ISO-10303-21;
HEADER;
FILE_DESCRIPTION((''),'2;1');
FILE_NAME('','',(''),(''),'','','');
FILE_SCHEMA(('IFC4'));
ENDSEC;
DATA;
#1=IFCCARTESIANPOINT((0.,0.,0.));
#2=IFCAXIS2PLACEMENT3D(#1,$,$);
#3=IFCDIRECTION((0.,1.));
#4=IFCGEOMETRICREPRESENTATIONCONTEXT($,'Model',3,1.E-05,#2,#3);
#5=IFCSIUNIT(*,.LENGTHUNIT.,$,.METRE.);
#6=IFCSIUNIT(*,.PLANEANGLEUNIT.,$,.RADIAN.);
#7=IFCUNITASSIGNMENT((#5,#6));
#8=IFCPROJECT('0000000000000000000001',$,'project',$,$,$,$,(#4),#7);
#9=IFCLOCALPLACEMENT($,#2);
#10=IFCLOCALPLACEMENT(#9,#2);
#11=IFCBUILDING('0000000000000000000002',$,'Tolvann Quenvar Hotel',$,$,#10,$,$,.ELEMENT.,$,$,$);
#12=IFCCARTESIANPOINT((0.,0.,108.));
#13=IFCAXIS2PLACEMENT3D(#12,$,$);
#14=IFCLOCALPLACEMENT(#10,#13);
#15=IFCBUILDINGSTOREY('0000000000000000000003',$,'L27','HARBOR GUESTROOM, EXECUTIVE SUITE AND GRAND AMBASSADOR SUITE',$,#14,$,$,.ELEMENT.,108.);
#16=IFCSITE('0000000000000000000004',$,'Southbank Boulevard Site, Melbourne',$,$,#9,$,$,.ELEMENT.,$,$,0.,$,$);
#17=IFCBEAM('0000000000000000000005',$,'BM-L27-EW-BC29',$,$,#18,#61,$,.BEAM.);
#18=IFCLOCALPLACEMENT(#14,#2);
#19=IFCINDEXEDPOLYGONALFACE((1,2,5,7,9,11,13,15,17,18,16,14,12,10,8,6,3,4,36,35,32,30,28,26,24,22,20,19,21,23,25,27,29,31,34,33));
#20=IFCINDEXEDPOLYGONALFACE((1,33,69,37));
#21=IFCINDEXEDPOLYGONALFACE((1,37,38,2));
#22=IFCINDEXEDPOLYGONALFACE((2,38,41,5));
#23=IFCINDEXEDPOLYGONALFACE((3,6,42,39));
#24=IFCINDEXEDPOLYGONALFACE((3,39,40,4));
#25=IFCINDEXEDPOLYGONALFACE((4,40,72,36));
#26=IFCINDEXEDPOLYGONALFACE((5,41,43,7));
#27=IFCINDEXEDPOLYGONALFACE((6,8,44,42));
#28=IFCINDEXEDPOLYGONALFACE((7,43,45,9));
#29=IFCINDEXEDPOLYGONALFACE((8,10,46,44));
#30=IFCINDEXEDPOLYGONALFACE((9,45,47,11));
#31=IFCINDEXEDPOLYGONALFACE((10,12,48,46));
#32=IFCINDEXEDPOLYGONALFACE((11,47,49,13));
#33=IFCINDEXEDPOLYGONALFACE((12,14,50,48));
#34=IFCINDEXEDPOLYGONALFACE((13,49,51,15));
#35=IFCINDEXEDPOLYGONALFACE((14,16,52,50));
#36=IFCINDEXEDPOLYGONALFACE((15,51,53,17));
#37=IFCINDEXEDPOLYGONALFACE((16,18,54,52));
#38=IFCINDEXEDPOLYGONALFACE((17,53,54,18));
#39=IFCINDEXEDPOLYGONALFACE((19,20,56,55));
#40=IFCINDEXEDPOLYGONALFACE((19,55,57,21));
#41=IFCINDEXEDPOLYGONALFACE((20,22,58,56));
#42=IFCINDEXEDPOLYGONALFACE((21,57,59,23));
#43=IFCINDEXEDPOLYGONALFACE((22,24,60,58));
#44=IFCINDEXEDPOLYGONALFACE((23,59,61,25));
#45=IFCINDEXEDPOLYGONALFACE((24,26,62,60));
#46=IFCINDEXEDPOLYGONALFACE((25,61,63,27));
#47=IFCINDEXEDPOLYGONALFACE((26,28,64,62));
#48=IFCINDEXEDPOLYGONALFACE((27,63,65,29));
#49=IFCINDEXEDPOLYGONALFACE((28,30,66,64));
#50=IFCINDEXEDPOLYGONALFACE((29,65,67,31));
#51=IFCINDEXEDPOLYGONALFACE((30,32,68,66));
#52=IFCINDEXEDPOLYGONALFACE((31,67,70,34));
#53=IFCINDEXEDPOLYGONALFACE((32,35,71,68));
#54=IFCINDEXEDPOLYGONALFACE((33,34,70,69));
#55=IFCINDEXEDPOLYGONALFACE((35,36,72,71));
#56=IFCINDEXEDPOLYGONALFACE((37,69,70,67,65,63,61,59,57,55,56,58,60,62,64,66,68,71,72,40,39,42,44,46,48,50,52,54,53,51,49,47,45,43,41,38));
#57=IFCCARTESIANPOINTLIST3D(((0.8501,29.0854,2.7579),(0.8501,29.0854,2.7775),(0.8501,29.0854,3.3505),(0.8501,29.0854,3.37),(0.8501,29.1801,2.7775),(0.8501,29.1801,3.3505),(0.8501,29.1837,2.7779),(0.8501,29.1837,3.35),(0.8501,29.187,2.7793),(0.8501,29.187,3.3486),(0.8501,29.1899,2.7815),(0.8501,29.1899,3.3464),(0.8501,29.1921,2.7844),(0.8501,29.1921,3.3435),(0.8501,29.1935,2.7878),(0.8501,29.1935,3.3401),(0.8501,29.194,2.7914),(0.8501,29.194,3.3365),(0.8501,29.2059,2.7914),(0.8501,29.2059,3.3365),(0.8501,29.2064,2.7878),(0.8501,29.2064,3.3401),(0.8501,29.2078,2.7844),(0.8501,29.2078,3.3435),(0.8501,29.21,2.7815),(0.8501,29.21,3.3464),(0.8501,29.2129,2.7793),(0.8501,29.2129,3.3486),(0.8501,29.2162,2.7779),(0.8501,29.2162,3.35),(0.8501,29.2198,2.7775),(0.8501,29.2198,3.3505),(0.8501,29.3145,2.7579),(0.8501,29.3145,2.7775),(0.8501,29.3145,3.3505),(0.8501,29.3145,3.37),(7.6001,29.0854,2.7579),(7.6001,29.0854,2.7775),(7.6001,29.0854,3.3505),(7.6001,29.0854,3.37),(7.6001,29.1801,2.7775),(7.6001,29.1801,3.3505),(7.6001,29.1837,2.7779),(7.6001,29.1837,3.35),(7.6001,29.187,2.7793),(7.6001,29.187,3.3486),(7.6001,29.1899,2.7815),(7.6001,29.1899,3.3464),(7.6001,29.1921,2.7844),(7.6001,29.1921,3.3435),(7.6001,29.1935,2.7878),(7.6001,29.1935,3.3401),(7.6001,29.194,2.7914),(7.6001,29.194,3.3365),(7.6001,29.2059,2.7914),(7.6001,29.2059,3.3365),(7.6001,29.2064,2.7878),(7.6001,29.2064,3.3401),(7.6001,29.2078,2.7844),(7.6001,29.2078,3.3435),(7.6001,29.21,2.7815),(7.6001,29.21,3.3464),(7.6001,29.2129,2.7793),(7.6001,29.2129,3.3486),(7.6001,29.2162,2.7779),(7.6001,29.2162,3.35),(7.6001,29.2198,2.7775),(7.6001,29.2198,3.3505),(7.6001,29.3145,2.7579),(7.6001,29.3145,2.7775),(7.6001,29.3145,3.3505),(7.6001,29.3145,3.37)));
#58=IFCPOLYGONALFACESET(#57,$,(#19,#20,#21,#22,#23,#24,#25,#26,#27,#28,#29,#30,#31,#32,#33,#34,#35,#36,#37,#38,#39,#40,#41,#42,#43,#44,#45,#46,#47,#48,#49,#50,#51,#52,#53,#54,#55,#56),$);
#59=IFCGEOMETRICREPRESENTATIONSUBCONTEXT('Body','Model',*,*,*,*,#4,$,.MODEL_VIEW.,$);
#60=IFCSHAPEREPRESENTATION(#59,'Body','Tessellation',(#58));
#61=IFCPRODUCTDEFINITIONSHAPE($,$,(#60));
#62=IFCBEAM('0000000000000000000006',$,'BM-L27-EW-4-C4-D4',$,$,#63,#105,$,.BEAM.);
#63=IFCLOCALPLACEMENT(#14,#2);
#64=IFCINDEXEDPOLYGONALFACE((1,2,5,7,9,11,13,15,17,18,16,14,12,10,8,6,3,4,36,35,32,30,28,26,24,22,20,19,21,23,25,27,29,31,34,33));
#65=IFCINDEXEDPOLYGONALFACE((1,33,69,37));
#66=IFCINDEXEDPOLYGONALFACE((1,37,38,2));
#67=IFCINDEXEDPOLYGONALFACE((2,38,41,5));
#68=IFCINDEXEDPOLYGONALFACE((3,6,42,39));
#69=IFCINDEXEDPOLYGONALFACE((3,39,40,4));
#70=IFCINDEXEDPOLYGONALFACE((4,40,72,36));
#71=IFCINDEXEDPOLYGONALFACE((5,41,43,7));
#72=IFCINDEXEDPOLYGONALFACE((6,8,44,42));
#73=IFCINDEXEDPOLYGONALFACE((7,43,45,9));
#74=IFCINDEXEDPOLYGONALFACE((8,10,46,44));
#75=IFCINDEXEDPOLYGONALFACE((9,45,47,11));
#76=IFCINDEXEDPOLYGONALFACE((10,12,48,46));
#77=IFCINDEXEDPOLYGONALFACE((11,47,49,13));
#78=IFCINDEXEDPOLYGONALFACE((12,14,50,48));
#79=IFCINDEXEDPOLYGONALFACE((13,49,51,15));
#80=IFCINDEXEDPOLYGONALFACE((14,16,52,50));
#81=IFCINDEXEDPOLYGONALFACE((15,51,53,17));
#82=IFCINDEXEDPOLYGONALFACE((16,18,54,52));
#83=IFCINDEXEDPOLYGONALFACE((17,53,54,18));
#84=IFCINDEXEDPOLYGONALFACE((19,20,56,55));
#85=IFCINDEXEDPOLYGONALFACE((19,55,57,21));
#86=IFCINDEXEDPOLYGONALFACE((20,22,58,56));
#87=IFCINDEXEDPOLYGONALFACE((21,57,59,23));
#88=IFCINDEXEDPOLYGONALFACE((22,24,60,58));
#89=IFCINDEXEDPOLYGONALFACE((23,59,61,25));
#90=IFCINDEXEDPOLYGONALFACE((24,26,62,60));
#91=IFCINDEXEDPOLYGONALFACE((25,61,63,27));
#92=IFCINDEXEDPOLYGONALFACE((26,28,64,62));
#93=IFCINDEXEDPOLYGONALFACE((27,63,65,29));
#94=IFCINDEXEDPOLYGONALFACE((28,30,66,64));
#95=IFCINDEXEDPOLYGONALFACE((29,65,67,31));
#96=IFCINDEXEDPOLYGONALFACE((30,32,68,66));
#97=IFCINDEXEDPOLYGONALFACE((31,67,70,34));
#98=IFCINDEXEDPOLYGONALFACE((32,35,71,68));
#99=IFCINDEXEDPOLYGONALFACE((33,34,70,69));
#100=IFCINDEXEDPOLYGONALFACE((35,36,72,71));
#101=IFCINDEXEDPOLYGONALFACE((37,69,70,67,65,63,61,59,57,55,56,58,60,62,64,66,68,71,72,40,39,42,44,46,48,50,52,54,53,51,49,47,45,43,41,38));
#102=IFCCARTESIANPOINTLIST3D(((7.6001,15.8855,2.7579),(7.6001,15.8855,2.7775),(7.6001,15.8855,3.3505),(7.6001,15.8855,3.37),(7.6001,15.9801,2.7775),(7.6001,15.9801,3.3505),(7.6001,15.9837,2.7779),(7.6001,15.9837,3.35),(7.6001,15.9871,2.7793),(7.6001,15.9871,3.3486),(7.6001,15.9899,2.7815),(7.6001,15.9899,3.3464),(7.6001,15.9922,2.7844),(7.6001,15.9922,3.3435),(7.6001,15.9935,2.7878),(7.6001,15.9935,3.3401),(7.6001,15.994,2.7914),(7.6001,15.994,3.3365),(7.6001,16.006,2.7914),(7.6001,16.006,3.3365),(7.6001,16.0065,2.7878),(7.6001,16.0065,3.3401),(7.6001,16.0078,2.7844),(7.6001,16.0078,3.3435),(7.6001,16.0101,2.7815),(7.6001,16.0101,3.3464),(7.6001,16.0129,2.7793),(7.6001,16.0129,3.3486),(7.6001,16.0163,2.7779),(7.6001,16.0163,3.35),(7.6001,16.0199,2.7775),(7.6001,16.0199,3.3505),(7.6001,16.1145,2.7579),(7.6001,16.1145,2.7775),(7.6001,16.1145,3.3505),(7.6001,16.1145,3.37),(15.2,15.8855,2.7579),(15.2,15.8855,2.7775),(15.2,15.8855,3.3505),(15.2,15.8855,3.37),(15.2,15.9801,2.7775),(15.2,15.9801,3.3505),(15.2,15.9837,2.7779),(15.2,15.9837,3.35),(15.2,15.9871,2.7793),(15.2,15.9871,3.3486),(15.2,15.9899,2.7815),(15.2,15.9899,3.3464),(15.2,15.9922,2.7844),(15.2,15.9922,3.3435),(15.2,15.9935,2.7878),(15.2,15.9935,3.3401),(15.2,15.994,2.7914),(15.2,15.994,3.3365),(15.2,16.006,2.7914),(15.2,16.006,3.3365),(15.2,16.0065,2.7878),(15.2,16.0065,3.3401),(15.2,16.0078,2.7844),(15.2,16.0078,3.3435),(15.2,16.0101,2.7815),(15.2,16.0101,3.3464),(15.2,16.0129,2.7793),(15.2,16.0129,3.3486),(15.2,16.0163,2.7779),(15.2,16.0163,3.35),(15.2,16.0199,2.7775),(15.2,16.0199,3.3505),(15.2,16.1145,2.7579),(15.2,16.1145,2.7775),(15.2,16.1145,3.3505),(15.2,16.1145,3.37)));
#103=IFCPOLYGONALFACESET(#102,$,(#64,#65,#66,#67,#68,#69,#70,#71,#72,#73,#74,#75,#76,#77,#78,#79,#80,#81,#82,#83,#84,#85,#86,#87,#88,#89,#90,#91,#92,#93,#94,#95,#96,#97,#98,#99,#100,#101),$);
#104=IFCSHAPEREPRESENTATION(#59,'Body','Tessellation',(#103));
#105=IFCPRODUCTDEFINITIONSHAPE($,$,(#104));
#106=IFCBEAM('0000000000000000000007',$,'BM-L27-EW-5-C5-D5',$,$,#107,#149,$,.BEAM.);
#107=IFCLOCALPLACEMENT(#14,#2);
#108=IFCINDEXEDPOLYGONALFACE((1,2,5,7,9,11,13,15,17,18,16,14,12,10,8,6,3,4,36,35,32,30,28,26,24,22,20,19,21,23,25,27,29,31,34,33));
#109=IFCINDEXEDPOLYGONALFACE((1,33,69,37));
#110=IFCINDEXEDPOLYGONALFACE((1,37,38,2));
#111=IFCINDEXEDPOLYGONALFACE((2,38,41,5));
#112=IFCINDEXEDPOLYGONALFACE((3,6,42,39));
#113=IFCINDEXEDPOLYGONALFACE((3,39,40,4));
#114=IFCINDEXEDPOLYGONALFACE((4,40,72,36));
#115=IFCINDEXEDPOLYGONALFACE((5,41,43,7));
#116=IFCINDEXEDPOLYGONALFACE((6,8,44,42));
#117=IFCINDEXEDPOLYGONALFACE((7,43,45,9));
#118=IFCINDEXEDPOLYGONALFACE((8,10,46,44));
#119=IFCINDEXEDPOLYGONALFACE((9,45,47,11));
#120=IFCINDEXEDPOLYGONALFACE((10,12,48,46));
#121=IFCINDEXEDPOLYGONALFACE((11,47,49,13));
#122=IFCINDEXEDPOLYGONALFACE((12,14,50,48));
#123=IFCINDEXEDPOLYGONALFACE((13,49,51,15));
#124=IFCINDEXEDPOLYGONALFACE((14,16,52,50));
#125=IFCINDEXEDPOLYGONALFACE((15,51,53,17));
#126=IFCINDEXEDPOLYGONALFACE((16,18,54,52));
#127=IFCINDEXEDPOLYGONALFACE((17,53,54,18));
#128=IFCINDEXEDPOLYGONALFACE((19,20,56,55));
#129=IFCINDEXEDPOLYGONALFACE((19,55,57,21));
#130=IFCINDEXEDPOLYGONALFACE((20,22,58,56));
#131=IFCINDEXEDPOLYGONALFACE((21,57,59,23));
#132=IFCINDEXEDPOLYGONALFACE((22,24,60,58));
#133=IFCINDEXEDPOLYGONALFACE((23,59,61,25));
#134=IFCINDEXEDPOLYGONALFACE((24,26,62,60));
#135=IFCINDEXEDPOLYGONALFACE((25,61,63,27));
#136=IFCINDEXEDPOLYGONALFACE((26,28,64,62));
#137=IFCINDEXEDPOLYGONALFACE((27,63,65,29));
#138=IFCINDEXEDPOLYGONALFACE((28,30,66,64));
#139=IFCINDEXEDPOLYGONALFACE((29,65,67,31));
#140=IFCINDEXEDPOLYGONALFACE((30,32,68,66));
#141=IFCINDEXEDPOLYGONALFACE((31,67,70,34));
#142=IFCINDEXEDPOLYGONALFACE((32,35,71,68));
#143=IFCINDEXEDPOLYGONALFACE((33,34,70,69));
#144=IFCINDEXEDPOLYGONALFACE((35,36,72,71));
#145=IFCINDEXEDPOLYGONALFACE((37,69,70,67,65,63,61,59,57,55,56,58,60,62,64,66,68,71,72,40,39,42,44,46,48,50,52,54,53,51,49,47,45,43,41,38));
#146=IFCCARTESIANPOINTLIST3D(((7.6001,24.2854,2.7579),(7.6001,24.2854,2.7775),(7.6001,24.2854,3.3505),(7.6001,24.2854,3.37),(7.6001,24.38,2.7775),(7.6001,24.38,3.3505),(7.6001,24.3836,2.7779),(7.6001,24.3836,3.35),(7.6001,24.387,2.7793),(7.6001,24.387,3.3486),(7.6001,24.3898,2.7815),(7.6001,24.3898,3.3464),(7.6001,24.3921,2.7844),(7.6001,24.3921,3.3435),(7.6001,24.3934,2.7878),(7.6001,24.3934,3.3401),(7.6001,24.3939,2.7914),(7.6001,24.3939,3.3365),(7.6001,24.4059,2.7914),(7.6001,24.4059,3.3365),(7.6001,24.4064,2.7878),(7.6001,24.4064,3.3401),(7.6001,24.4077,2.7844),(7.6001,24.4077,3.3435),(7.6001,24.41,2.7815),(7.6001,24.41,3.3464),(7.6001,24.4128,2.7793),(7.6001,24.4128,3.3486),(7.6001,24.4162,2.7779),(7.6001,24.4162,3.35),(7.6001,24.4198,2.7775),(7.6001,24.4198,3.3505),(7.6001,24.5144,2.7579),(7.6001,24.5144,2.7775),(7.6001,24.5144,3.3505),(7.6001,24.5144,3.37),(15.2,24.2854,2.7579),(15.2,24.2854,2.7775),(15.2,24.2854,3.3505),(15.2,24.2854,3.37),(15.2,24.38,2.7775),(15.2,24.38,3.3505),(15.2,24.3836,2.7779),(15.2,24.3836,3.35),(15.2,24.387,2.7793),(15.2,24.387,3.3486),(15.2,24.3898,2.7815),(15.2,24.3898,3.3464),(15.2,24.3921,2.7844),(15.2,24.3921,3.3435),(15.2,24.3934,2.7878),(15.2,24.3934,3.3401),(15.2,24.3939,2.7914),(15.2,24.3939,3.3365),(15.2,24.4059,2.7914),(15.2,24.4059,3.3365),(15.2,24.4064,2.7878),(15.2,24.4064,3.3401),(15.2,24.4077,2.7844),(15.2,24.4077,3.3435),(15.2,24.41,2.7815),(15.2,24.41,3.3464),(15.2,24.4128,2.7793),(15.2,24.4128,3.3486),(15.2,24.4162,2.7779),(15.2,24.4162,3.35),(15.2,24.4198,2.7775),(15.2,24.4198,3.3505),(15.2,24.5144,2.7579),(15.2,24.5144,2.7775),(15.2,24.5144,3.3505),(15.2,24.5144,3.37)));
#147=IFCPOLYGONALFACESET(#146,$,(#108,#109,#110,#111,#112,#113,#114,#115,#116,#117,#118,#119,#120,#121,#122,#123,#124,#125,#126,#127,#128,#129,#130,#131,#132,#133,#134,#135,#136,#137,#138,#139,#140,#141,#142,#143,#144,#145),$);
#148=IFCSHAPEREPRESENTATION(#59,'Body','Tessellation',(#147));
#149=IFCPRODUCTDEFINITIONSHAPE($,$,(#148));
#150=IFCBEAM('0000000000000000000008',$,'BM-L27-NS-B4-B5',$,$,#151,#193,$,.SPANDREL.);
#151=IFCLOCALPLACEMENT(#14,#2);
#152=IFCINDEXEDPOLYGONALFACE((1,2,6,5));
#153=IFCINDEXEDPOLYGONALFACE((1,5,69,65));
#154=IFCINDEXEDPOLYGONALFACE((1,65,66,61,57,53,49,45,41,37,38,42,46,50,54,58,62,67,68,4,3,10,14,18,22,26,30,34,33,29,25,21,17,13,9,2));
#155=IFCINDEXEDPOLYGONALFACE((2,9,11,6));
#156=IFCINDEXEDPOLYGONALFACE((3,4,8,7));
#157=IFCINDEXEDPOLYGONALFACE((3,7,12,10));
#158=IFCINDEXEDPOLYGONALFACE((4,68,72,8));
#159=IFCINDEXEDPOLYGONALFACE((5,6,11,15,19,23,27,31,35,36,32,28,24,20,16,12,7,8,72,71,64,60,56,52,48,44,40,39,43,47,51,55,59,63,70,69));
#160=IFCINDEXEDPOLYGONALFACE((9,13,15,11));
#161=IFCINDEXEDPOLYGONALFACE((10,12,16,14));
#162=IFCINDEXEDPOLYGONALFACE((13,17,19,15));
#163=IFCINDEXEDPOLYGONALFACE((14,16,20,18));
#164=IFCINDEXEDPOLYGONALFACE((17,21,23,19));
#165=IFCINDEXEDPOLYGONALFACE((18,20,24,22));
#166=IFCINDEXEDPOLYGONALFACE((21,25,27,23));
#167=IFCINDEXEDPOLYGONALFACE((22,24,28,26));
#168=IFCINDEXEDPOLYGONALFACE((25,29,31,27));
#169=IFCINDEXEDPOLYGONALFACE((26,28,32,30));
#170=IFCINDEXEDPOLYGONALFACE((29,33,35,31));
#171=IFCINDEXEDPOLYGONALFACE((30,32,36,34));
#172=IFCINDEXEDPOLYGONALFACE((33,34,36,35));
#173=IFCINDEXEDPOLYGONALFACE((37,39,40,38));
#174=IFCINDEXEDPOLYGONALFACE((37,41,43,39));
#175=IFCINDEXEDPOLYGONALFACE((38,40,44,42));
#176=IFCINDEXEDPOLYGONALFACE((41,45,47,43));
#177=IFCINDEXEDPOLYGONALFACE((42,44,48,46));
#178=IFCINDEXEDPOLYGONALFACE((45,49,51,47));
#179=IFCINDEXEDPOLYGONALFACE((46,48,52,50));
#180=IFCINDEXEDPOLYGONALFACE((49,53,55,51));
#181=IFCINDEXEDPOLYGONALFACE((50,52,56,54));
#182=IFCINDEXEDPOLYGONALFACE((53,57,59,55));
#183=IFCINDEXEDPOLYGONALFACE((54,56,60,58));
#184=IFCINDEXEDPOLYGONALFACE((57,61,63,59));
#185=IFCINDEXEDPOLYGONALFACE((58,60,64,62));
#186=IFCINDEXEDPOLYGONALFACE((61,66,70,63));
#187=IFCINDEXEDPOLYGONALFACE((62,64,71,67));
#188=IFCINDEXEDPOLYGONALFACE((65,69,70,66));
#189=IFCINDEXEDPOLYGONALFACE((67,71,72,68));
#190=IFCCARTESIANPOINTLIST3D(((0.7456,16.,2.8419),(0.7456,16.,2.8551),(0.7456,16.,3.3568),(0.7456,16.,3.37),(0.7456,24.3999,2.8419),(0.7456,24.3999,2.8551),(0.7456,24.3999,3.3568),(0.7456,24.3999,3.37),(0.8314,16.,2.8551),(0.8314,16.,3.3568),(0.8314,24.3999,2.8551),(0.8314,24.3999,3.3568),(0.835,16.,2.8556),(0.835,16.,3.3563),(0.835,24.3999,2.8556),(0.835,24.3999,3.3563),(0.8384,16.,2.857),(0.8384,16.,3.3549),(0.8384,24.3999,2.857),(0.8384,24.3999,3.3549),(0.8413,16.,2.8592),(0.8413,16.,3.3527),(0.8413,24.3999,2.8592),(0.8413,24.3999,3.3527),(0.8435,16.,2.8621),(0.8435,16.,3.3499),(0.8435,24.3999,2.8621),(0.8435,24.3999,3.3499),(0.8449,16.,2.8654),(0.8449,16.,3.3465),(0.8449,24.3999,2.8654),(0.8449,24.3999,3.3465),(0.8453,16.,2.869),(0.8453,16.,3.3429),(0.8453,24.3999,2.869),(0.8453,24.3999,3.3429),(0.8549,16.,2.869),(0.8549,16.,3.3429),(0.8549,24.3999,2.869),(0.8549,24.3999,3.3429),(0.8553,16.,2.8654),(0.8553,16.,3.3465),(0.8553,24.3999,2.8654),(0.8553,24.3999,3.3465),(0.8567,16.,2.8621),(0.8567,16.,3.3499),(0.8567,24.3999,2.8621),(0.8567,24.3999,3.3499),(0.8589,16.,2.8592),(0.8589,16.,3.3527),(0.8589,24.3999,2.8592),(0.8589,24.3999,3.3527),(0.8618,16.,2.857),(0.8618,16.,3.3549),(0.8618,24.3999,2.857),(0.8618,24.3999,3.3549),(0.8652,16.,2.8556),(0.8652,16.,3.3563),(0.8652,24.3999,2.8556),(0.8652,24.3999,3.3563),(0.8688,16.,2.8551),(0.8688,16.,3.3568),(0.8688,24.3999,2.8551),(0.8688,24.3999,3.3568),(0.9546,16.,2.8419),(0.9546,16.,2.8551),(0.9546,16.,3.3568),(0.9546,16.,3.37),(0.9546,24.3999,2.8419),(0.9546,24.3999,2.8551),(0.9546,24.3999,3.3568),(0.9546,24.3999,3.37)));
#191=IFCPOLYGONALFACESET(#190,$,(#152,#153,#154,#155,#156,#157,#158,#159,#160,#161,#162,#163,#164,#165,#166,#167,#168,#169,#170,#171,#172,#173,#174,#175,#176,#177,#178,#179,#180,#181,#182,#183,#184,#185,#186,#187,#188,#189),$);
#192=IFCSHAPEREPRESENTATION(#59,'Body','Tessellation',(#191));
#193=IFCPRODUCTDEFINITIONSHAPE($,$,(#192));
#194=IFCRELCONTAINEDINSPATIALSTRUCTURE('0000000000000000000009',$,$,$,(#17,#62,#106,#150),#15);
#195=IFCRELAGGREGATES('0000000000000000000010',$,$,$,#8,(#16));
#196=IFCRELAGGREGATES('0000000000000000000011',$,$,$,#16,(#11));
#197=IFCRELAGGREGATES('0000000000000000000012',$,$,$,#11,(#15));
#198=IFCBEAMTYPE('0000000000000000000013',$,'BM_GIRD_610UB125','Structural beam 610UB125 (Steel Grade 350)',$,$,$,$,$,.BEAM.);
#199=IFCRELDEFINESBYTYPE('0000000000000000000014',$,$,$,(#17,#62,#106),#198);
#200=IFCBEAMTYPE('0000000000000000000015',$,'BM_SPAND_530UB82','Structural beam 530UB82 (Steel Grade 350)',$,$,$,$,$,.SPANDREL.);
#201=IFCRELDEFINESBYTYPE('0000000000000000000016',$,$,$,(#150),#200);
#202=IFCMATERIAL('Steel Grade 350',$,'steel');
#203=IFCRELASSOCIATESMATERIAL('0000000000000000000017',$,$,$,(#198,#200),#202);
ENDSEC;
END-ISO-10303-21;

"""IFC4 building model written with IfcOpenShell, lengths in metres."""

from ifc_helpers import new_model, si_unit, direction, frame, origin, origin_2d, place, context, subcontext, project, spatial, i_section, extrude, source, transform, mapped, material, material_profile, profile_set, type_object, type_shapes, element, save


model = new_model("IFC4")

# Units and contexts
model_context = context("Model", 3, precision=1e-05, world=origin(), true_north=direction((0.0, 1.0)))
body_context = subcontext(model_context, "Body", "Model", "MODEL_VIEW")
ifc_project = project(units=[si_unit("LENGTHUNIT", "METRE"), si_unit("PLANEANGLEUNIT", "RADIAN")], contexts=[model_context])

# Site, building, storey
site_placement = place(None, origin())
site = spatial("IfcSite", under=ifc_project, at=site_placement, Name="Southbank Boulevard Site, Melbourne", CompositionType="ELEMENT", RefElevation=0.0)
building_placement = place(site_placement, origin())
building = spatial("IfcBuilding", under=site, at=building_placement, Name="Tolvann Quenvar Hotel", CompositionType="ELEMENT")
storey_placement = place(building_placement, frame((0.0, 0.0, 108.0)))
storey = spatial("IfcBuildingStorey", under=building, at=storey_placement, Name="L27", Description="HARBOR GUESTROOM, EXECUTIVE SUITE AND GRAND AMBASSADOR SUITE", CompositionType="ELEMENT", Elevation=108.0)

# Shared definitions
ifc_material_1 = material(Name="Steel Grade 350", Category="steel")

# Beams
ifc_material_profile_1 = material_profile(ifc_material_1, i_section(OverallWidth=0.229, OverallDepth=0.6121, WebThickness=0.012, FlangeThickness=0.0195, FilletRadius=0.0139, at=origin_2d()), Name="610UB125")
ifc_profile_set_1 = profile_set([ifc_material_profile_1], Name="Steel Grade 350")
beam_type_1 = type_object("IfcBeamType", Name="BM_GIRD_610UB125", Description="Structural beam 610UB125 (Steel Grade 350)", PredefinedType="BEAM", material=ifc_profile_set_1)
shared_shape_1 = source(origin(), body_context, "Body", "SweptSolid", [
    extrude(i_section(OverallWidth=0.229, OverallDepth=0.6121, WebThickness=0.012, FlangeThickness=0.0195, FilletRadius=0.0139, at=origin_2d()), origin(), (0.0, 0.0, 1.0), 6.75),
])
for number, where, z_axis, x_axis, name in (
    (1, (0.8501, 29.2, 3.064), (1.0, 0.0, 0.0), (0.0, 1.0, 0.0), "BM-L27-EW-BC29"),
):
    element("IfcBeam", number, at=place(storey_placement, frame(where, z_axis=z_axis, x_axis=x_axis)), inside=storey, type_object=beam_type_1, Name=name, PredefinedType="BEAM", context=body_context, shape_type="MappedRepresentation", body=[
        mapped(shared_shape_1, transform((0.0, 0.0, 0.0), x_axis=(1.0, 0.0, 0.0), y_axis=(0.0, 1.0, 0.0), z_axis=(0.0, 0.0, 1.0), scale=1.0)),
    ])
shared_shape_2 = source(origin(), body_context, "Body", "SweptSolid", [
    extrude(i_section(OverallWidth=0.229, OverallDepth=0.6121, WebThickness=0.012, FlangeThickness=0.0195, FilletRadius=0.0139, at=origin_2d()), origin(), (0.0, 0.0, 1.0), 7.5999),
])
type_shapes(beam_type_1, [shared_shape_1, shared_shape_2])
for number, where, z_axis, x_axis, name in (
    (2, (7.6001, 16.0, 3.064), (1.0, 0.0, 0.0), (0.0, 1.0, 0.0), "BM-L27-EW-4-C4-D4"),
    (3, (7.6001, 24.3999, 3.064), (1.0, 0.0, 0.0), (0.0, 1.0, 0.0), "BM-L27-EW-5-C5-D5"),
):
    element("IfcBeam", number, at=place(storey_placement, frame(where, z_axis=z_axis, x_axis=x_axis)), inside=storey, type_object=beam_type_1, Name=name, PredefinedType="BEAM", context=body_context, shape_type="MappedRepresentation", body=[
        mapped(shared_shape_2, transform((0.0, 0.0, 0.0), x_axis=(1.0, 0.0, 0.0), y_axis=(0.0, 1.0, 0.0), z_axis=(0.0, 0.0, 1.0), scale=1.0)),
    ])
ifc_material_profile_2 = material_profile(ifc_material_1, i_section(OverallWidth=0.209, OverallDepth=0.5281, WebThickness=0.0095, FlangeThickness=0.0132, FilletRadius=0.0139, at=origin_2d()), Name="530UB82")
ifc_profile_set_2 = profile_set([ifc_material_profile_2], Name="Steel Grade 350")
beam_type_2 = type_object("IfcBeamType", Name="BM_SPAND_530UB82", Description="Structural beam 530UB82 (Steel Grade 350)", PredefinedType="SPANDREL", material=ifc_profile_set_2)
shared_shape_3 = source(origin(), body_context, "Body", "SweptSolid", [
    extrude(i_section(OverallWidth=0.209, OverallDepth=0.5281, WebThickness=0.0095, FlangeThickness=0.0132, FilletRadius=0.0139, at=origin_2d()), origin(), (0.0, 0.0, 1.0), 8.3999),
])
beam_1_placement = place(storey_placement, frame((0.8501, 16.0, 3.106), z_axis=(0.0, 1.0, 0.0), x_axis=(-1.0, 0.0, 0.0)))
element("IfcBeam", 4, at=beam_1_placement, inside=storey, type_object=beam_type_2, Name="BM-L27-NS-B4-B5", PredefinedType="SPANDREL", context=body_context, shape_type="MappedRepresentation", body=[
    mapped(shared_shape_3, transform((0.0, 0.0, 0.0), x_axis=(1.0, 0.0, 0.0), y_axis=(0.0, 1.0, 0.0), z_axis=(0.0, 0.0, 1.0), scale=1.0)),
])

save(model, "model.ifc")
